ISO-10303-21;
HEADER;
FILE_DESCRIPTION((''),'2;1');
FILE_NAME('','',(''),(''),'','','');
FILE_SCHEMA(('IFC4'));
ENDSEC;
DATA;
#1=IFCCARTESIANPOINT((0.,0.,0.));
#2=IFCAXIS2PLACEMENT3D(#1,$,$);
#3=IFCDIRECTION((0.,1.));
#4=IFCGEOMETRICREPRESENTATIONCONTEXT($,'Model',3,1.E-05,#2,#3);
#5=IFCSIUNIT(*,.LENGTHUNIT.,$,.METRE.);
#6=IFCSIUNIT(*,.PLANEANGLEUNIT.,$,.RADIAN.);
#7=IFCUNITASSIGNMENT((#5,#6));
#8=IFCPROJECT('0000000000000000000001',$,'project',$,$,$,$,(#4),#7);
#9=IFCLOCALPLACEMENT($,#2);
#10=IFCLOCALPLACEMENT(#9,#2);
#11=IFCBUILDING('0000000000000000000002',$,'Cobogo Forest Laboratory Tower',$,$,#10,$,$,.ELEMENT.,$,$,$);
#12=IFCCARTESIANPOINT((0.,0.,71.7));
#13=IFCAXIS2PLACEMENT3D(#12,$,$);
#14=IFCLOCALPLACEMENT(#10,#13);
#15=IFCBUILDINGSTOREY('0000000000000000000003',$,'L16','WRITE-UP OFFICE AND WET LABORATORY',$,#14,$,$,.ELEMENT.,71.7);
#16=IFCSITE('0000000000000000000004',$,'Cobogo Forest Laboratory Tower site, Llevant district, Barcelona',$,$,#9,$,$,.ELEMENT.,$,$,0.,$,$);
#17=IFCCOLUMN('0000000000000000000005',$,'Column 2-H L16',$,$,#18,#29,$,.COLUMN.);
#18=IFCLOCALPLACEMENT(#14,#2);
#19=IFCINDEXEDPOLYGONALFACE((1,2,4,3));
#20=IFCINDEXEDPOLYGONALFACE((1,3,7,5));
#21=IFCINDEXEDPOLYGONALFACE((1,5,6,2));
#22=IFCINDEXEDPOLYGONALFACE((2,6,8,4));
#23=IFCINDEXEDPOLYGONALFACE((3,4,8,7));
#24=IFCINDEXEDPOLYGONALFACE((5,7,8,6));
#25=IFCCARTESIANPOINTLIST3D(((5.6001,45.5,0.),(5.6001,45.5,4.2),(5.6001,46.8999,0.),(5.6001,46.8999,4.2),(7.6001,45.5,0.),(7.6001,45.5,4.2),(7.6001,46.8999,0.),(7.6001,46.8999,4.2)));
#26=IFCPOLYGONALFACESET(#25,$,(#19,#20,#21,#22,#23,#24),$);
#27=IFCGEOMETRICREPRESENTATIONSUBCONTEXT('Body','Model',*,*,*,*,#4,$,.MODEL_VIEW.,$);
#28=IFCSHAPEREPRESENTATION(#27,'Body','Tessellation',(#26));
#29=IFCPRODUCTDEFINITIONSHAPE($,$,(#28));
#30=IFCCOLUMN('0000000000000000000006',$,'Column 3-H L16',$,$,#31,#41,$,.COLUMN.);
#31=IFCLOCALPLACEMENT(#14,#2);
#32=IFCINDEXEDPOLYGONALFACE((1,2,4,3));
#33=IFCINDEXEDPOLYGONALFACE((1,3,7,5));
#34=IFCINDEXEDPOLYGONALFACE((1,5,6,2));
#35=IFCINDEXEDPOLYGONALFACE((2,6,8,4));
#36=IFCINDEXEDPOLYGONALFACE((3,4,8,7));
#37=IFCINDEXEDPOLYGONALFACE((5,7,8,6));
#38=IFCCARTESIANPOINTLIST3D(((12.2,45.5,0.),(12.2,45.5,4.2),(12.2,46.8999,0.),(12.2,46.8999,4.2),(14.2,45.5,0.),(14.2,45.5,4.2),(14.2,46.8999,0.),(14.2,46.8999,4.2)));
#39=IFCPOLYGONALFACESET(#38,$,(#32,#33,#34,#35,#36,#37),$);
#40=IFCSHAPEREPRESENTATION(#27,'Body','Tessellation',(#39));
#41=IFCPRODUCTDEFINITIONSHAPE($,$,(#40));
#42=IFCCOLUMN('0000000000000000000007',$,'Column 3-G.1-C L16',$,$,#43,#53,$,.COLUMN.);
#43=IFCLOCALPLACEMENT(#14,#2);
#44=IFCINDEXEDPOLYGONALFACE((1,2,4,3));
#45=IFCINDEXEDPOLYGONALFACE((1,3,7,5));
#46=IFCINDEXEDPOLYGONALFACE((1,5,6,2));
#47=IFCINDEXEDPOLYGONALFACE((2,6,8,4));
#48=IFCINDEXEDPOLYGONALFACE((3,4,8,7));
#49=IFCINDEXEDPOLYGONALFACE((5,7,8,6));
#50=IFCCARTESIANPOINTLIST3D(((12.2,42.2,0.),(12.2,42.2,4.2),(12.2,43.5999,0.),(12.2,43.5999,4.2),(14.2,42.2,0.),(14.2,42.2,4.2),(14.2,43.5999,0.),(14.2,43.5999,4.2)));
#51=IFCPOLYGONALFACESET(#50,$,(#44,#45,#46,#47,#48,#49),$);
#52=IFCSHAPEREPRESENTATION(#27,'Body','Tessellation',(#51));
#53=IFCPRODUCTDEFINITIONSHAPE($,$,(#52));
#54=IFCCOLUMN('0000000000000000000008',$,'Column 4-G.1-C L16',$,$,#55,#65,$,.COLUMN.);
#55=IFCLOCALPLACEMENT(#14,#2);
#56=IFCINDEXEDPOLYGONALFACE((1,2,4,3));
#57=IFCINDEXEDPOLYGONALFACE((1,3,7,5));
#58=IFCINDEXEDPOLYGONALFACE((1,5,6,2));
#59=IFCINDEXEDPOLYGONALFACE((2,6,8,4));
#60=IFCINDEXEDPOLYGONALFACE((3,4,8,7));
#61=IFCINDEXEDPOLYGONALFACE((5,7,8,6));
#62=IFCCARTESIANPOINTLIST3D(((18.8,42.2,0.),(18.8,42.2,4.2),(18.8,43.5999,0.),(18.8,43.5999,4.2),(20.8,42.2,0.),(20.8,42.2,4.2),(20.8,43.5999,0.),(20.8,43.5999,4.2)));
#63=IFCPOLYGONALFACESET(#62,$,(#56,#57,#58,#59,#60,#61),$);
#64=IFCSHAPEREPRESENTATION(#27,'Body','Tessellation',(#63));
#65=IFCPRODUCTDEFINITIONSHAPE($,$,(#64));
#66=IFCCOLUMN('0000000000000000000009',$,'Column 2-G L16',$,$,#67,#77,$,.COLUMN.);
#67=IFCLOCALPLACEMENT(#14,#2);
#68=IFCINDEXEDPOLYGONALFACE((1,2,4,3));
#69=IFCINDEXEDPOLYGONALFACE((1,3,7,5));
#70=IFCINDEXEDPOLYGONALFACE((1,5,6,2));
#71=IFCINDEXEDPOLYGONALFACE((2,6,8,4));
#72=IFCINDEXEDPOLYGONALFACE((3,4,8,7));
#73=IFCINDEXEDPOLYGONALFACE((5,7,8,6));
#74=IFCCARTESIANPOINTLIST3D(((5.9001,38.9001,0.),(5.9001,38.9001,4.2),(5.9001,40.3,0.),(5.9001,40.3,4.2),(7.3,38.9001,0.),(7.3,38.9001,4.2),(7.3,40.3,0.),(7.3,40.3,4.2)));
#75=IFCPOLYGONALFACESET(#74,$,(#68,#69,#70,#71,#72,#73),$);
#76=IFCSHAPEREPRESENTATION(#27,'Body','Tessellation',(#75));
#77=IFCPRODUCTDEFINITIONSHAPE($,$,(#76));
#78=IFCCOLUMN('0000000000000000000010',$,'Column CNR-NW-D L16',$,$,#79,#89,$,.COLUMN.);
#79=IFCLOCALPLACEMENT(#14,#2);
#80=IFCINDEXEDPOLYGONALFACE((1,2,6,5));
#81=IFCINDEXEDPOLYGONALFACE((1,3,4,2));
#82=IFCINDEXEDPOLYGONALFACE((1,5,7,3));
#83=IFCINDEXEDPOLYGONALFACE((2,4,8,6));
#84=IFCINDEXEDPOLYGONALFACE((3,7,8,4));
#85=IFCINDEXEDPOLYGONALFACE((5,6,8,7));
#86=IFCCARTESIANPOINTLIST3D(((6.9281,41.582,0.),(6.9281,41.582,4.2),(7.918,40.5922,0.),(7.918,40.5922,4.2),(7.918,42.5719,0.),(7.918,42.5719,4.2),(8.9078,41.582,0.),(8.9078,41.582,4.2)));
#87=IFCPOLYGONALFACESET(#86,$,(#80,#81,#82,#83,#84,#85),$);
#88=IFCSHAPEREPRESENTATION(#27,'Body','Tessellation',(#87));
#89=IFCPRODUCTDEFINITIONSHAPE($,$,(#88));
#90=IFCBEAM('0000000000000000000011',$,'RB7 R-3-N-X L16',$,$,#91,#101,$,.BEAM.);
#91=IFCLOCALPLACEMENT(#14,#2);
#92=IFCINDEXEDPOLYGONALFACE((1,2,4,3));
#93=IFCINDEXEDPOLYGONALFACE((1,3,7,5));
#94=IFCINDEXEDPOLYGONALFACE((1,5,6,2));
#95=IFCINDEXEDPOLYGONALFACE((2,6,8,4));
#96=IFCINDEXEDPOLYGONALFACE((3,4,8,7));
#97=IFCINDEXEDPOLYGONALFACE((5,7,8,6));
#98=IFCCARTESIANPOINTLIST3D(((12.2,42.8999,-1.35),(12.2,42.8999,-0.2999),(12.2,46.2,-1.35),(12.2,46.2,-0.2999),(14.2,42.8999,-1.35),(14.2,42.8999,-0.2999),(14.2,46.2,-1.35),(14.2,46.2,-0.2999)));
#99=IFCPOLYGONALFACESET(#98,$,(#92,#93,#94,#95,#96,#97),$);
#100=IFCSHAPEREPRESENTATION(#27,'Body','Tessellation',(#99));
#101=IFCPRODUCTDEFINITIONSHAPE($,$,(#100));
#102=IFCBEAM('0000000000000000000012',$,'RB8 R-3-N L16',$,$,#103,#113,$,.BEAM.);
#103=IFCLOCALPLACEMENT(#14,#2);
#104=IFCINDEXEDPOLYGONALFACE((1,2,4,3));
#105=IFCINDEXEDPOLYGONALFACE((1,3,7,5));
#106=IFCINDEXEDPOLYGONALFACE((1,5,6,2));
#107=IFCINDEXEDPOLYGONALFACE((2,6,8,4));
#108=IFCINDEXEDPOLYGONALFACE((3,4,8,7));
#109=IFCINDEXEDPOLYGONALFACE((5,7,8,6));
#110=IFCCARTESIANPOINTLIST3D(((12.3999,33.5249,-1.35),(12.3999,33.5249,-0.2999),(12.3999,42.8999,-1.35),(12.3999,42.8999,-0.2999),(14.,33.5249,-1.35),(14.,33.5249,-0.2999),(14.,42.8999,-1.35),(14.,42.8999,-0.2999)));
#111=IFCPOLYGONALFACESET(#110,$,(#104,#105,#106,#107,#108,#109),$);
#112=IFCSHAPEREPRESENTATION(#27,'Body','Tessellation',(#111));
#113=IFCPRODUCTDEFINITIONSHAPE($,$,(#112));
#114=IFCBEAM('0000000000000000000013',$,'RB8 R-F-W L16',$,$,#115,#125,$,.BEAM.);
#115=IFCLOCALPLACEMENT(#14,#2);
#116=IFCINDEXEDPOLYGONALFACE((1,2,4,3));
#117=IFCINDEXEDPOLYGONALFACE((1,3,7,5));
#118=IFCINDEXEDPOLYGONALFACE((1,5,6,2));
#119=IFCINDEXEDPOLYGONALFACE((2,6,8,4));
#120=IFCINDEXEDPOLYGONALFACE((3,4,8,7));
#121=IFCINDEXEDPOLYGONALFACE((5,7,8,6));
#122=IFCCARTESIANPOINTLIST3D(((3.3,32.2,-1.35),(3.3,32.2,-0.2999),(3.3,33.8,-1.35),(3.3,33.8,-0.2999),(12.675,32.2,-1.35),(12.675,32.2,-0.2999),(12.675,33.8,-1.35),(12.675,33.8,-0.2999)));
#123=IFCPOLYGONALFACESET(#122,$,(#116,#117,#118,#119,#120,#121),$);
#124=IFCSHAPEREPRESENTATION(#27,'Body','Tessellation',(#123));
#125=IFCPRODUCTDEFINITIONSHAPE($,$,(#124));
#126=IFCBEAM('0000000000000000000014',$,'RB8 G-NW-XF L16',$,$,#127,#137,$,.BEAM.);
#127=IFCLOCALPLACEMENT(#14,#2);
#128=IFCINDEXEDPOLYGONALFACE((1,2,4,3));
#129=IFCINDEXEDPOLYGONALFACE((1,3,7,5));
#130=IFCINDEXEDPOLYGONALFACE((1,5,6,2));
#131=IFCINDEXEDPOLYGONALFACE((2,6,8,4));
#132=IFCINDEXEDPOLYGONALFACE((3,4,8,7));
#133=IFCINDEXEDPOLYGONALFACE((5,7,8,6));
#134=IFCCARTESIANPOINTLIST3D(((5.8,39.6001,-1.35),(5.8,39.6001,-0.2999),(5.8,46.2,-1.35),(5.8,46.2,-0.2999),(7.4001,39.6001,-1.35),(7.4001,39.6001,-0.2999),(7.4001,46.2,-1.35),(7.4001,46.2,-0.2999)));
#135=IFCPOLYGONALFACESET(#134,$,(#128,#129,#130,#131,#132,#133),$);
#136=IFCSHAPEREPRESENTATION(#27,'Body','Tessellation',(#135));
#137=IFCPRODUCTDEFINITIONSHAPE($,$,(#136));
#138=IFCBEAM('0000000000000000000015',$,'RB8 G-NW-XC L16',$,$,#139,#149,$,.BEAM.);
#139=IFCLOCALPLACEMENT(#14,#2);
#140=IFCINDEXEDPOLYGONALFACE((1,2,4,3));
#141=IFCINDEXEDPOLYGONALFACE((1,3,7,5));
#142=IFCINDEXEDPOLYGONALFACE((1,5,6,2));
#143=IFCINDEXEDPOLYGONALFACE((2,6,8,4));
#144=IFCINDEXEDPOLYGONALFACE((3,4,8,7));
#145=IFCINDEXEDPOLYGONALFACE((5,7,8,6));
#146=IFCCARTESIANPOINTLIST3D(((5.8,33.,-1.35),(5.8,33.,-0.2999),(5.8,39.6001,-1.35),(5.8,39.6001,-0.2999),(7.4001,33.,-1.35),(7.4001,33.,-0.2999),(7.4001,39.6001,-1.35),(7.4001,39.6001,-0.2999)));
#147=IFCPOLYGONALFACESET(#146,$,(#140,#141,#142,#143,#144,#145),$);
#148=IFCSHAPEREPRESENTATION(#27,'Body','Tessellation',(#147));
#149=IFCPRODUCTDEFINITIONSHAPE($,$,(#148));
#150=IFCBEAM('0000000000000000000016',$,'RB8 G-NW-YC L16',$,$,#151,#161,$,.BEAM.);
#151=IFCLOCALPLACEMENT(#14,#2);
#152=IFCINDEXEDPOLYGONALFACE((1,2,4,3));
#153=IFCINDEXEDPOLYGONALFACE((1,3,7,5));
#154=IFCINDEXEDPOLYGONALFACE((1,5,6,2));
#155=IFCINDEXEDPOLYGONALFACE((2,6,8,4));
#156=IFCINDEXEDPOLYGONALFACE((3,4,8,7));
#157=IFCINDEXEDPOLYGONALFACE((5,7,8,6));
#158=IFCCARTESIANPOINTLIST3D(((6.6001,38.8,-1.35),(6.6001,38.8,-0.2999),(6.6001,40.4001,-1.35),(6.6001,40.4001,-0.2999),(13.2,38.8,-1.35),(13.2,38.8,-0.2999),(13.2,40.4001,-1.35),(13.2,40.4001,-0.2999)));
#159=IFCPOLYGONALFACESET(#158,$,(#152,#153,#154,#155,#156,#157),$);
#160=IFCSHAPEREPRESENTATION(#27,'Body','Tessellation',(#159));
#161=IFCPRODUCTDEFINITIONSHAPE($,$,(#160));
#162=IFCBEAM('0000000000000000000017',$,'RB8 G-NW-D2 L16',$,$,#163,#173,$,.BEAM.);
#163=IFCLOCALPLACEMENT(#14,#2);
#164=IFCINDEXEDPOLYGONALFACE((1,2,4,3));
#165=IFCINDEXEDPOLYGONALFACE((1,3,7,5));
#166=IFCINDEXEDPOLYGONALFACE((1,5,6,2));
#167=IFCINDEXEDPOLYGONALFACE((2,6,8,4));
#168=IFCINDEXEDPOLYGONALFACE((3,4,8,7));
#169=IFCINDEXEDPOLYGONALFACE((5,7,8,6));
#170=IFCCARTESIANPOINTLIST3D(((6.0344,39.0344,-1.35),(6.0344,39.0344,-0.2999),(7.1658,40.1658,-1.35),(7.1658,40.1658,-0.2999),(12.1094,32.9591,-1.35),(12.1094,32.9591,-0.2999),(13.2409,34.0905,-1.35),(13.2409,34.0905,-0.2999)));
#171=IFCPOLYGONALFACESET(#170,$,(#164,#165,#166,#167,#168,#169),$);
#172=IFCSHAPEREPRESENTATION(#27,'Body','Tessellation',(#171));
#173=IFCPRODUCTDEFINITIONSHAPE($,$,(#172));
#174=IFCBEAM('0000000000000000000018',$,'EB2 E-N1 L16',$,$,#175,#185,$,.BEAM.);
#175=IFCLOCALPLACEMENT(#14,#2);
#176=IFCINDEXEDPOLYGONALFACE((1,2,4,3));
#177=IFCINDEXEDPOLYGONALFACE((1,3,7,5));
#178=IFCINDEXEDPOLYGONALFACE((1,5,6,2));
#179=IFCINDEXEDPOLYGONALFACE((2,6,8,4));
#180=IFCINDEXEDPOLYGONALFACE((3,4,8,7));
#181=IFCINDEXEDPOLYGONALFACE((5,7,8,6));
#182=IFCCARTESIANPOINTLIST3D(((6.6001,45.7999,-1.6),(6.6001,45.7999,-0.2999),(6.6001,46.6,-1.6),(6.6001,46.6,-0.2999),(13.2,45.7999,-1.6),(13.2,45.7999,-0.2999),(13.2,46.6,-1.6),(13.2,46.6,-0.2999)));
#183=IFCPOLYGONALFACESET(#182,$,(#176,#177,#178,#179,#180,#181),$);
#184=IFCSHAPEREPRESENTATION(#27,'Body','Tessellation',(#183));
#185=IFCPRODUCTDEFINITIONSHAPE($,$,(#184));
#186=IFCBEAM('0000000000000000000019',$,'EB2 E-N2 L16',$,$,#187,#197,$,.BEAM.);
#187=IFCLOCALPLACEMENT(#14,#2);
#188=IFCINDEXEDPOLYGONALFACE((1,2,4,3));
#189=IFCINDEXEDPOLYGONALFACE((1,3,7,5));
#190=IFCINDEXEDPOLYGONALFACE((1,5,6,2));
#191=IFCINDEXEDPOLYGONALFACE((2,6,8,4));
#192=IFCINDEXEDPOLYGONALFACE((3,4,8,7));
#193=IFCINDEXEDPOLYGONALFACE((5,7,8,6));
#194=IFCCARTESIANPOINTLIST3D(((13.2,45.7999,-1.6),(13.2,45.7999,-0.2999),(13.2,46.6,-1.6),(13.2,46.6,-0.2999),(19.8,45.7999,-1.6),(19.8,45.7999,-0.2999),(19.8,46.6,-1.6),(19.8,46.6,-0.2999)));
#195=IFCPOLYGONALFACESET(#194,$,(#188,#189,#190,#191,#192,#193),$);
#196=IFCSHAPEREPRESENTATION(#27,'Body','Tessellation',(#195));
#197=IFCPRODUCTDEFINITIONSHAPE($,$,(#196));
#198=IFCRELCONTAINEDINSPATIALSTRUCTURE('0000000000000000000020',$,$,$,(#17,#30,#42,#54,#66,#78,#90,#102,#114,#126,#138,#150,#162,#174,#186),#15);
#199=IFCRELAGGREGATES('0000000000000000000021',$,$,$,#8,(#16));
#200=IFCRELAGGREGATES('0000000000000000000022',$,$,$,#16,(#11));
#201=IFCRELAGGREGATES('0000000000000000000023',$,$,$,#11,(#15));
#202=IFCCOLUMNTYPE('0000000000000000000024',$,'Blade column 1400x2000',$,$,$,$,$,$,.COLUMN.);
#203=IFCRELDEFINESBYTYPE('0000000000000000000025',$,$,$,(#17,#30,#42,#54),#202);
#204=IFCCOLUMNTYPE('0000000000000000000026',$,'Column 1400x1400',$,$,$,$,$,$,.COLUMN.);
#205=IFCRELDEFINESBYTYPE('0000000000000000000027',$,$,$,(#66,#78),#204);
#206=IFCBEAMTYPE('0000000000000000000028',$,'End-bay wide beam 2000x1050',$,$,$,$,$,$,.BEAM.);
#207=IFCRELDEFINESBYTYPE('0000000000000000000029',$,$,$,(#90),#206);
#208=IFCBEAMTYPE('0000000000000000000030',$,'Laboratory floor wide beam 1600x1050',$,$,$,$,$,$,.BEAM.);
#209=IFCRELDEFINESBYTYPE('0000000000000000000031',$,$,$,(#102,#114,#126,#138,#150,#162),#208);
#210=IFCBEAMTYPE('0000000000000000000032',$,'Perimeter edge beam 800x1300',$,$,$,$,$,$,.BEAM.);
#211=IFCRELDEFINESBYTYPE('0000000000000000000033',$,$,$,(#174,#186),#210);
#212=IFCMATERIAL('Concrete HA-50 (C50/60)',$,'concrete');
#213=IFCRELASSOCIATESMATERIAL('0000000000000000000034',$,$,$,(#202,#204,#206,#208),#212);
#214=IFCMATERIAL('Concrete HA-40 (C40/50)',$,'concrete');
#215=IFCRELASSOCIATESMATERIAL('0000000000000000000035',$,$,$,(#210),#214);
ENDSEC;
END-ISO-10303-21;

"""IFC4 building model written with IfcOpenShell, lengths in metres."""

from ifc_helpers import new_model, si_unit, direction, frame, origin, origin_2d, place, context, subcontext, project, spatial, rectangle, extrude, material, material_profile, profile_set, type_object, element, save


model = new_model("IFC4")

# Units and contexts
model_context = context("Model", 3, precision=1e-05, world=origin(), true_north=direction((0.0, 1.0)))
body_context = subcontext(model_context, "Body", "Model", "MODEL_VIEW")
ifc_project = project(units=[si_unit("LENGTHUNIT", "METRE"), si_unit("PLANEANGLEUNIT", "RADIAN")], contexts=[model_context])

# Site, building, storey
site_placement = place(None, origin())
site = spatial("IfcSite", under=ifc_project, at=site_placement, Name="Cobogo Forest Laboratory Tower site, Llevant district, Barcelona", CompositionType="ELEMENT", RefElevation=0.0)
building_placement = place(site_placement, origin())
building = spatial("IfcBuilding", under=site, at=building_placement, Name="Cobogo Forest Laboratory Tower", CompositionType="ELEMENT")
storey_placement = place(building_placement, frame((0.0, 0.0, 71.7)))
storey = spatial("IfcBuildingStorey", under=building, at=storey_placement, Name="L16", Description="WRITE-UP OFFICE AND WET LABORATORY", CompositionType="ELEMENT", Elevation=71.7)

# Columns
ifc_material_1 = material(Name="Concrete HA-50 (C50/60)", Category="concrete")
ifc_material_profile_1 = material_profile(ifc_material_1, rectangle(XDim=2.0, YDim=1.3999, at=origin_2d()), Name="RC 1400x2000")
ifc_profile_set_1 = profile_set([ifc_material_profile_1], Name="Concrete HA-50 (C50/60)")
column_type_1 = type_object("IfcColumnType", Name="Blade column 1400x2000", PredefinedType="COLUMN", material=ifc_profile_set_1)
for number, where, z_axis, x_axis, name in (
    (1, (6.6001, 46.2, 0.0), (0.0, 0.0, 1.0), (1.0, 0.0, 0.0), "Column 2-H L16"),
    (2, (13.2, 46.2, 0.0), (0.0, 0.0, 1.0), (1.0, 0.0, 0.0), "Column 3-H L16"),
    (3, (13.2, 42.8999, 0.0), (0.0, 0.0, 1.0), (1.0, 0.0, 0.0), "Column 3-G.1-C L16"),
    (4, (19.8, 42.8999, 0.0), (0.0, 0.0, 1.0), (1.0, 0.0, 0.0), "Column 4-G.1-C L16"),
):
    element("IfcColumn", number, at=place(storey_placement, frame(where, z_axis=z_axis, x_axis=x_axis)), inside=storey, type_object=column_type_1, Name=name, PredefinedType="COLUMN", context=body_context, shape_type="SweptSolid", body=[
        extrude(rectangle(XDim=2.0, YDim=1.3999, at=origin_2d()), origin(), (0.0, 0.0, 1.0), 4.2),
    ])
ifc_material_profile_2 = material_profile(ifc_material_1, rectangle(XDim=1.3999, YDim=1.3999, at=origin_2d()), Name="RC 1400x1400")
ifc_profile_set_2 = profile_set([ifc_material_profile_2], Name="Concrete HA-50 (C50/60)")
column_type_2 = type_object("IfcColumnType", Name="Column 1400x1400", PredefinedType="COLUMN", material=ifc_profile_set_2)
for number, where, z_axis, x_axis, name in (
    (5, (6.6001, 39.6001, 0.0), (0.0, 0.0, 1.0), (1.0, 0.0, 0.0), "Column 2-G L16"),
    (6, (7.918, 41.582, 0.0), (0.0, 0.0, 1.0), (0.707107, 0.707107, 0.0), "Column CNR-NW-D L16"),
):
    element("IfcColumn", number, at=place(storey_placement, frame(where, z_axis=z_axis, x_axis=x_axis)), inside=storey, type_object=column_type_2, Name=name, PredefinedType="COLUMN", context=body_context, shape_type="SweptSolid", body=[
        extrude(rectangle(XDim=1.3999, YDim=1.3999, at=origin_2d()), origin(), (0.0, 0.0, 1.0), 4.2),
    ])

# Beams
ifc_material_profile_3 = material_profile(ifc_material_1, rectangle(XDim=2.0, YDim=1.05, at=origin_2d()), Name="RC 2000x1050")
ifc_profile_set_3 = profile_set([ifc_material_profile_3], Name="Concrete HA-50 (C50/60)")
beam_type_1 = type_object("IfcBeamType", Name="End-bay wide beam 2000x1050", PredefinedType="BEAM", material=ifc_profile_set_3)
beam_1_placement = place(storey_placement, frame((13.2, 46.2, -0.825), z_axis=(0.0, -1.0, 0.0), x_axis=(1.0, 0.0, 0.0)))
element("IfcBeam", 7, at=beam_1_placement, inside=storey, type_object=beam_type_1, Name="RB7 R-3-N-X L16", PredefinedType="BEAM", context=body_context, shape_type="SweptSolid", body=[
    extrude(rectangle(XDim=2.0, YDim=1.05, at=origin_2d()), origin(), (0.0, 0.0, 1.0), 3.3),
])
ifc_material_profile_4 = material_profile(ifc_material_1, rectangle(XDim=1.6001, YDim=1.05, at=origin_2d()), Name="RC 1600x1050")
ifc_profile_set_4 = profile_set([ifc_material_profile_4], Name="Concrete HA-50 (C50/60)")
beam_type_2 = type_object("IfcBeamType", Name="Laboratory floor wide beam 1600x1050", PredefinedType="BEAM", material=ifc_profile_set_4)
for number, where, z_axis, x_axis, name in (
    (8, (13.2, 33.5249, -0.825), (0.0, 1.0, 0.0), (-1.0, 0.0, 0.0), "RB8 R-3-N L16"),
    (9, (12.675, 33.0, -0.825), (-1.0, 0.0, 0.0), (0.0, -1.0, 0.0), "RB8 R-F-W L16"),
):
    element("IfcBeam", number, at=place(storey_placement, frame(where, z_axis=z_axis, x_axis=x_axis)), inside=storey, type_object=beam_type_2, Name=name, PredefinedType="BEAM", context=body_context, shape_type="SweptSolid", body=[
        extrude(rectangle(XDim=1.6001, YDim=1.05, at=origin_2d()), origin(), (0.0, 0.0, 1.0), 9.375),
    ])
beam_2_placement = place(storey_placement, frame((6.6001, 46.2, -0.825), z_axis=(0.0, -1.0, 0.0), x_axis=(1.0, 0.0, 0.0)))
element("IfcBeam", 10, at=beam_2_placement, inside=storey, type_object=beam_type_2, Name="RB8 G-NW-XF L16", PredefinedType="BEAM", context=body_context, shape_type="SweptSolid", body=[
    extrude(rectangle(XDim=1.6001, YDim=1.05, at=origin_2d()), origin(), (0.0, 0.0, 1.0), 6.5999),
])
beam_3_placement = place(storey_placement, frame((6.6001, 39.6001, -0.825), z_axis=(0.0, -1.0, 0.0), x_axis=(1.0, 0.0, 0.0)))
element("IfcBeam", 11, at=beam_3_placement, inside=storey, type_object=beam_type_2, Name="RB8 G-NW-XC L16", PredefinedType="BEAM", context=body_context, shape_type="SweptSolid", body=[
    extrude(rectangle(XDim=1.6001, YDim=1.05, at=origin_2d()), origin(), (0.0, 0.0, 1.0), 6.6001),
])
beam_4_placement = place(storey_placement, frame((6.6001, 39.6001, -0.825), z_axis=(1.0, 0.0, 0.0), x_axis=(0.0, 1.0, 0.0)))
element("IfcBeam", 12, at=beam_4_placement, inside=storey, type_object=beam_type_2, Name="RB8 G-NW-YC L16", PredefinedType="BEAM", context=body_context, shape_type="SweptSolid", body=[
    extrude(rectangle(XDim=1.6001, YDim=1.05, at=origin_2d()), origin(), (0.0, 0.0, 1.0), 6.5999),
])
beam_5_placement = place(storey_placement, frame((6.6001, 39.6001, -0.825), z_axis=(0.707093, -0.707121, 0.0), x_axis=(0.707121, 0.707093, 0.0)))
element("IfcBeam", 13, at=beam_5_placement, inside=storey, type_object=beam_type_2, Name="RB8 G-NW-D2 L16", PredefinedType="BEAM", context=body_context, shape_type="SweptSolid", body=[
    extrude(rectangle(XDim=1.6001, YDim=1.05, at=origin_2d()), origin(), (0.0, 0.0, 1.0), 8.5916),
])
ifc_material_2 = material(Name="Concrete HA-40 (C40/50)", Category="concrete")
ifc_material_profile_5 = material_profile(ifc_material_2, rectangle(XDim=0.8, YDim=1.3, at=origin_2d()), Name="RC 800x1300")
ifc_profile_set_5 = profile_set([ifc_material_profile_5], Name="Concrete HA-40 (C40/50)")
beam_type_3 = type_object("IfcBeamType", Name="Perimeter edge beam 800x1300", PredefinedType="BEAM", material=ifc_profile_set_5)
beam_6_placement = place(storey_placement, frame((6.6001, 46.2, -0.95), z_axis=(1.0, 0.0, 0.0), x_axis=(0.0, 1.0, 0.0)))
element("IfcBeam", 14, at=beam_6_placement, inside=storey, type_object=beam_type_3, Name="EB2 E-N1 L16", PredefinedType="BEAM", context=body_context, shape_type="SweptSolid", body=[
    extrude(rectangle(XDim=0.8, YDim=1.3, at=origin_2d()), origin(), (0.0, 0.0, 1.0), 6.5999),
])
beam_7_placement = place(storey_placement, frame((13.2, 46.2, -0.95), z_axis=(1.0, 0.0, 0.0), x_axis=(0.0, 1.0, 0.0)))
element("IfcBeam", 15, at=beam_7_placement, inside=storey, type_object=beam_type_3, Name="EB2 E-N2 L16", PredefinedType="BEAM", context=body_context, shape_type="SweptSolid", body=[
    extrude(rectangle(XDim=0.8, YDim=1.3, at=origin_2d()), origin(), (0.0, 0.0, 1.0), 6.6001),
])

save(model, "model.ifc")
